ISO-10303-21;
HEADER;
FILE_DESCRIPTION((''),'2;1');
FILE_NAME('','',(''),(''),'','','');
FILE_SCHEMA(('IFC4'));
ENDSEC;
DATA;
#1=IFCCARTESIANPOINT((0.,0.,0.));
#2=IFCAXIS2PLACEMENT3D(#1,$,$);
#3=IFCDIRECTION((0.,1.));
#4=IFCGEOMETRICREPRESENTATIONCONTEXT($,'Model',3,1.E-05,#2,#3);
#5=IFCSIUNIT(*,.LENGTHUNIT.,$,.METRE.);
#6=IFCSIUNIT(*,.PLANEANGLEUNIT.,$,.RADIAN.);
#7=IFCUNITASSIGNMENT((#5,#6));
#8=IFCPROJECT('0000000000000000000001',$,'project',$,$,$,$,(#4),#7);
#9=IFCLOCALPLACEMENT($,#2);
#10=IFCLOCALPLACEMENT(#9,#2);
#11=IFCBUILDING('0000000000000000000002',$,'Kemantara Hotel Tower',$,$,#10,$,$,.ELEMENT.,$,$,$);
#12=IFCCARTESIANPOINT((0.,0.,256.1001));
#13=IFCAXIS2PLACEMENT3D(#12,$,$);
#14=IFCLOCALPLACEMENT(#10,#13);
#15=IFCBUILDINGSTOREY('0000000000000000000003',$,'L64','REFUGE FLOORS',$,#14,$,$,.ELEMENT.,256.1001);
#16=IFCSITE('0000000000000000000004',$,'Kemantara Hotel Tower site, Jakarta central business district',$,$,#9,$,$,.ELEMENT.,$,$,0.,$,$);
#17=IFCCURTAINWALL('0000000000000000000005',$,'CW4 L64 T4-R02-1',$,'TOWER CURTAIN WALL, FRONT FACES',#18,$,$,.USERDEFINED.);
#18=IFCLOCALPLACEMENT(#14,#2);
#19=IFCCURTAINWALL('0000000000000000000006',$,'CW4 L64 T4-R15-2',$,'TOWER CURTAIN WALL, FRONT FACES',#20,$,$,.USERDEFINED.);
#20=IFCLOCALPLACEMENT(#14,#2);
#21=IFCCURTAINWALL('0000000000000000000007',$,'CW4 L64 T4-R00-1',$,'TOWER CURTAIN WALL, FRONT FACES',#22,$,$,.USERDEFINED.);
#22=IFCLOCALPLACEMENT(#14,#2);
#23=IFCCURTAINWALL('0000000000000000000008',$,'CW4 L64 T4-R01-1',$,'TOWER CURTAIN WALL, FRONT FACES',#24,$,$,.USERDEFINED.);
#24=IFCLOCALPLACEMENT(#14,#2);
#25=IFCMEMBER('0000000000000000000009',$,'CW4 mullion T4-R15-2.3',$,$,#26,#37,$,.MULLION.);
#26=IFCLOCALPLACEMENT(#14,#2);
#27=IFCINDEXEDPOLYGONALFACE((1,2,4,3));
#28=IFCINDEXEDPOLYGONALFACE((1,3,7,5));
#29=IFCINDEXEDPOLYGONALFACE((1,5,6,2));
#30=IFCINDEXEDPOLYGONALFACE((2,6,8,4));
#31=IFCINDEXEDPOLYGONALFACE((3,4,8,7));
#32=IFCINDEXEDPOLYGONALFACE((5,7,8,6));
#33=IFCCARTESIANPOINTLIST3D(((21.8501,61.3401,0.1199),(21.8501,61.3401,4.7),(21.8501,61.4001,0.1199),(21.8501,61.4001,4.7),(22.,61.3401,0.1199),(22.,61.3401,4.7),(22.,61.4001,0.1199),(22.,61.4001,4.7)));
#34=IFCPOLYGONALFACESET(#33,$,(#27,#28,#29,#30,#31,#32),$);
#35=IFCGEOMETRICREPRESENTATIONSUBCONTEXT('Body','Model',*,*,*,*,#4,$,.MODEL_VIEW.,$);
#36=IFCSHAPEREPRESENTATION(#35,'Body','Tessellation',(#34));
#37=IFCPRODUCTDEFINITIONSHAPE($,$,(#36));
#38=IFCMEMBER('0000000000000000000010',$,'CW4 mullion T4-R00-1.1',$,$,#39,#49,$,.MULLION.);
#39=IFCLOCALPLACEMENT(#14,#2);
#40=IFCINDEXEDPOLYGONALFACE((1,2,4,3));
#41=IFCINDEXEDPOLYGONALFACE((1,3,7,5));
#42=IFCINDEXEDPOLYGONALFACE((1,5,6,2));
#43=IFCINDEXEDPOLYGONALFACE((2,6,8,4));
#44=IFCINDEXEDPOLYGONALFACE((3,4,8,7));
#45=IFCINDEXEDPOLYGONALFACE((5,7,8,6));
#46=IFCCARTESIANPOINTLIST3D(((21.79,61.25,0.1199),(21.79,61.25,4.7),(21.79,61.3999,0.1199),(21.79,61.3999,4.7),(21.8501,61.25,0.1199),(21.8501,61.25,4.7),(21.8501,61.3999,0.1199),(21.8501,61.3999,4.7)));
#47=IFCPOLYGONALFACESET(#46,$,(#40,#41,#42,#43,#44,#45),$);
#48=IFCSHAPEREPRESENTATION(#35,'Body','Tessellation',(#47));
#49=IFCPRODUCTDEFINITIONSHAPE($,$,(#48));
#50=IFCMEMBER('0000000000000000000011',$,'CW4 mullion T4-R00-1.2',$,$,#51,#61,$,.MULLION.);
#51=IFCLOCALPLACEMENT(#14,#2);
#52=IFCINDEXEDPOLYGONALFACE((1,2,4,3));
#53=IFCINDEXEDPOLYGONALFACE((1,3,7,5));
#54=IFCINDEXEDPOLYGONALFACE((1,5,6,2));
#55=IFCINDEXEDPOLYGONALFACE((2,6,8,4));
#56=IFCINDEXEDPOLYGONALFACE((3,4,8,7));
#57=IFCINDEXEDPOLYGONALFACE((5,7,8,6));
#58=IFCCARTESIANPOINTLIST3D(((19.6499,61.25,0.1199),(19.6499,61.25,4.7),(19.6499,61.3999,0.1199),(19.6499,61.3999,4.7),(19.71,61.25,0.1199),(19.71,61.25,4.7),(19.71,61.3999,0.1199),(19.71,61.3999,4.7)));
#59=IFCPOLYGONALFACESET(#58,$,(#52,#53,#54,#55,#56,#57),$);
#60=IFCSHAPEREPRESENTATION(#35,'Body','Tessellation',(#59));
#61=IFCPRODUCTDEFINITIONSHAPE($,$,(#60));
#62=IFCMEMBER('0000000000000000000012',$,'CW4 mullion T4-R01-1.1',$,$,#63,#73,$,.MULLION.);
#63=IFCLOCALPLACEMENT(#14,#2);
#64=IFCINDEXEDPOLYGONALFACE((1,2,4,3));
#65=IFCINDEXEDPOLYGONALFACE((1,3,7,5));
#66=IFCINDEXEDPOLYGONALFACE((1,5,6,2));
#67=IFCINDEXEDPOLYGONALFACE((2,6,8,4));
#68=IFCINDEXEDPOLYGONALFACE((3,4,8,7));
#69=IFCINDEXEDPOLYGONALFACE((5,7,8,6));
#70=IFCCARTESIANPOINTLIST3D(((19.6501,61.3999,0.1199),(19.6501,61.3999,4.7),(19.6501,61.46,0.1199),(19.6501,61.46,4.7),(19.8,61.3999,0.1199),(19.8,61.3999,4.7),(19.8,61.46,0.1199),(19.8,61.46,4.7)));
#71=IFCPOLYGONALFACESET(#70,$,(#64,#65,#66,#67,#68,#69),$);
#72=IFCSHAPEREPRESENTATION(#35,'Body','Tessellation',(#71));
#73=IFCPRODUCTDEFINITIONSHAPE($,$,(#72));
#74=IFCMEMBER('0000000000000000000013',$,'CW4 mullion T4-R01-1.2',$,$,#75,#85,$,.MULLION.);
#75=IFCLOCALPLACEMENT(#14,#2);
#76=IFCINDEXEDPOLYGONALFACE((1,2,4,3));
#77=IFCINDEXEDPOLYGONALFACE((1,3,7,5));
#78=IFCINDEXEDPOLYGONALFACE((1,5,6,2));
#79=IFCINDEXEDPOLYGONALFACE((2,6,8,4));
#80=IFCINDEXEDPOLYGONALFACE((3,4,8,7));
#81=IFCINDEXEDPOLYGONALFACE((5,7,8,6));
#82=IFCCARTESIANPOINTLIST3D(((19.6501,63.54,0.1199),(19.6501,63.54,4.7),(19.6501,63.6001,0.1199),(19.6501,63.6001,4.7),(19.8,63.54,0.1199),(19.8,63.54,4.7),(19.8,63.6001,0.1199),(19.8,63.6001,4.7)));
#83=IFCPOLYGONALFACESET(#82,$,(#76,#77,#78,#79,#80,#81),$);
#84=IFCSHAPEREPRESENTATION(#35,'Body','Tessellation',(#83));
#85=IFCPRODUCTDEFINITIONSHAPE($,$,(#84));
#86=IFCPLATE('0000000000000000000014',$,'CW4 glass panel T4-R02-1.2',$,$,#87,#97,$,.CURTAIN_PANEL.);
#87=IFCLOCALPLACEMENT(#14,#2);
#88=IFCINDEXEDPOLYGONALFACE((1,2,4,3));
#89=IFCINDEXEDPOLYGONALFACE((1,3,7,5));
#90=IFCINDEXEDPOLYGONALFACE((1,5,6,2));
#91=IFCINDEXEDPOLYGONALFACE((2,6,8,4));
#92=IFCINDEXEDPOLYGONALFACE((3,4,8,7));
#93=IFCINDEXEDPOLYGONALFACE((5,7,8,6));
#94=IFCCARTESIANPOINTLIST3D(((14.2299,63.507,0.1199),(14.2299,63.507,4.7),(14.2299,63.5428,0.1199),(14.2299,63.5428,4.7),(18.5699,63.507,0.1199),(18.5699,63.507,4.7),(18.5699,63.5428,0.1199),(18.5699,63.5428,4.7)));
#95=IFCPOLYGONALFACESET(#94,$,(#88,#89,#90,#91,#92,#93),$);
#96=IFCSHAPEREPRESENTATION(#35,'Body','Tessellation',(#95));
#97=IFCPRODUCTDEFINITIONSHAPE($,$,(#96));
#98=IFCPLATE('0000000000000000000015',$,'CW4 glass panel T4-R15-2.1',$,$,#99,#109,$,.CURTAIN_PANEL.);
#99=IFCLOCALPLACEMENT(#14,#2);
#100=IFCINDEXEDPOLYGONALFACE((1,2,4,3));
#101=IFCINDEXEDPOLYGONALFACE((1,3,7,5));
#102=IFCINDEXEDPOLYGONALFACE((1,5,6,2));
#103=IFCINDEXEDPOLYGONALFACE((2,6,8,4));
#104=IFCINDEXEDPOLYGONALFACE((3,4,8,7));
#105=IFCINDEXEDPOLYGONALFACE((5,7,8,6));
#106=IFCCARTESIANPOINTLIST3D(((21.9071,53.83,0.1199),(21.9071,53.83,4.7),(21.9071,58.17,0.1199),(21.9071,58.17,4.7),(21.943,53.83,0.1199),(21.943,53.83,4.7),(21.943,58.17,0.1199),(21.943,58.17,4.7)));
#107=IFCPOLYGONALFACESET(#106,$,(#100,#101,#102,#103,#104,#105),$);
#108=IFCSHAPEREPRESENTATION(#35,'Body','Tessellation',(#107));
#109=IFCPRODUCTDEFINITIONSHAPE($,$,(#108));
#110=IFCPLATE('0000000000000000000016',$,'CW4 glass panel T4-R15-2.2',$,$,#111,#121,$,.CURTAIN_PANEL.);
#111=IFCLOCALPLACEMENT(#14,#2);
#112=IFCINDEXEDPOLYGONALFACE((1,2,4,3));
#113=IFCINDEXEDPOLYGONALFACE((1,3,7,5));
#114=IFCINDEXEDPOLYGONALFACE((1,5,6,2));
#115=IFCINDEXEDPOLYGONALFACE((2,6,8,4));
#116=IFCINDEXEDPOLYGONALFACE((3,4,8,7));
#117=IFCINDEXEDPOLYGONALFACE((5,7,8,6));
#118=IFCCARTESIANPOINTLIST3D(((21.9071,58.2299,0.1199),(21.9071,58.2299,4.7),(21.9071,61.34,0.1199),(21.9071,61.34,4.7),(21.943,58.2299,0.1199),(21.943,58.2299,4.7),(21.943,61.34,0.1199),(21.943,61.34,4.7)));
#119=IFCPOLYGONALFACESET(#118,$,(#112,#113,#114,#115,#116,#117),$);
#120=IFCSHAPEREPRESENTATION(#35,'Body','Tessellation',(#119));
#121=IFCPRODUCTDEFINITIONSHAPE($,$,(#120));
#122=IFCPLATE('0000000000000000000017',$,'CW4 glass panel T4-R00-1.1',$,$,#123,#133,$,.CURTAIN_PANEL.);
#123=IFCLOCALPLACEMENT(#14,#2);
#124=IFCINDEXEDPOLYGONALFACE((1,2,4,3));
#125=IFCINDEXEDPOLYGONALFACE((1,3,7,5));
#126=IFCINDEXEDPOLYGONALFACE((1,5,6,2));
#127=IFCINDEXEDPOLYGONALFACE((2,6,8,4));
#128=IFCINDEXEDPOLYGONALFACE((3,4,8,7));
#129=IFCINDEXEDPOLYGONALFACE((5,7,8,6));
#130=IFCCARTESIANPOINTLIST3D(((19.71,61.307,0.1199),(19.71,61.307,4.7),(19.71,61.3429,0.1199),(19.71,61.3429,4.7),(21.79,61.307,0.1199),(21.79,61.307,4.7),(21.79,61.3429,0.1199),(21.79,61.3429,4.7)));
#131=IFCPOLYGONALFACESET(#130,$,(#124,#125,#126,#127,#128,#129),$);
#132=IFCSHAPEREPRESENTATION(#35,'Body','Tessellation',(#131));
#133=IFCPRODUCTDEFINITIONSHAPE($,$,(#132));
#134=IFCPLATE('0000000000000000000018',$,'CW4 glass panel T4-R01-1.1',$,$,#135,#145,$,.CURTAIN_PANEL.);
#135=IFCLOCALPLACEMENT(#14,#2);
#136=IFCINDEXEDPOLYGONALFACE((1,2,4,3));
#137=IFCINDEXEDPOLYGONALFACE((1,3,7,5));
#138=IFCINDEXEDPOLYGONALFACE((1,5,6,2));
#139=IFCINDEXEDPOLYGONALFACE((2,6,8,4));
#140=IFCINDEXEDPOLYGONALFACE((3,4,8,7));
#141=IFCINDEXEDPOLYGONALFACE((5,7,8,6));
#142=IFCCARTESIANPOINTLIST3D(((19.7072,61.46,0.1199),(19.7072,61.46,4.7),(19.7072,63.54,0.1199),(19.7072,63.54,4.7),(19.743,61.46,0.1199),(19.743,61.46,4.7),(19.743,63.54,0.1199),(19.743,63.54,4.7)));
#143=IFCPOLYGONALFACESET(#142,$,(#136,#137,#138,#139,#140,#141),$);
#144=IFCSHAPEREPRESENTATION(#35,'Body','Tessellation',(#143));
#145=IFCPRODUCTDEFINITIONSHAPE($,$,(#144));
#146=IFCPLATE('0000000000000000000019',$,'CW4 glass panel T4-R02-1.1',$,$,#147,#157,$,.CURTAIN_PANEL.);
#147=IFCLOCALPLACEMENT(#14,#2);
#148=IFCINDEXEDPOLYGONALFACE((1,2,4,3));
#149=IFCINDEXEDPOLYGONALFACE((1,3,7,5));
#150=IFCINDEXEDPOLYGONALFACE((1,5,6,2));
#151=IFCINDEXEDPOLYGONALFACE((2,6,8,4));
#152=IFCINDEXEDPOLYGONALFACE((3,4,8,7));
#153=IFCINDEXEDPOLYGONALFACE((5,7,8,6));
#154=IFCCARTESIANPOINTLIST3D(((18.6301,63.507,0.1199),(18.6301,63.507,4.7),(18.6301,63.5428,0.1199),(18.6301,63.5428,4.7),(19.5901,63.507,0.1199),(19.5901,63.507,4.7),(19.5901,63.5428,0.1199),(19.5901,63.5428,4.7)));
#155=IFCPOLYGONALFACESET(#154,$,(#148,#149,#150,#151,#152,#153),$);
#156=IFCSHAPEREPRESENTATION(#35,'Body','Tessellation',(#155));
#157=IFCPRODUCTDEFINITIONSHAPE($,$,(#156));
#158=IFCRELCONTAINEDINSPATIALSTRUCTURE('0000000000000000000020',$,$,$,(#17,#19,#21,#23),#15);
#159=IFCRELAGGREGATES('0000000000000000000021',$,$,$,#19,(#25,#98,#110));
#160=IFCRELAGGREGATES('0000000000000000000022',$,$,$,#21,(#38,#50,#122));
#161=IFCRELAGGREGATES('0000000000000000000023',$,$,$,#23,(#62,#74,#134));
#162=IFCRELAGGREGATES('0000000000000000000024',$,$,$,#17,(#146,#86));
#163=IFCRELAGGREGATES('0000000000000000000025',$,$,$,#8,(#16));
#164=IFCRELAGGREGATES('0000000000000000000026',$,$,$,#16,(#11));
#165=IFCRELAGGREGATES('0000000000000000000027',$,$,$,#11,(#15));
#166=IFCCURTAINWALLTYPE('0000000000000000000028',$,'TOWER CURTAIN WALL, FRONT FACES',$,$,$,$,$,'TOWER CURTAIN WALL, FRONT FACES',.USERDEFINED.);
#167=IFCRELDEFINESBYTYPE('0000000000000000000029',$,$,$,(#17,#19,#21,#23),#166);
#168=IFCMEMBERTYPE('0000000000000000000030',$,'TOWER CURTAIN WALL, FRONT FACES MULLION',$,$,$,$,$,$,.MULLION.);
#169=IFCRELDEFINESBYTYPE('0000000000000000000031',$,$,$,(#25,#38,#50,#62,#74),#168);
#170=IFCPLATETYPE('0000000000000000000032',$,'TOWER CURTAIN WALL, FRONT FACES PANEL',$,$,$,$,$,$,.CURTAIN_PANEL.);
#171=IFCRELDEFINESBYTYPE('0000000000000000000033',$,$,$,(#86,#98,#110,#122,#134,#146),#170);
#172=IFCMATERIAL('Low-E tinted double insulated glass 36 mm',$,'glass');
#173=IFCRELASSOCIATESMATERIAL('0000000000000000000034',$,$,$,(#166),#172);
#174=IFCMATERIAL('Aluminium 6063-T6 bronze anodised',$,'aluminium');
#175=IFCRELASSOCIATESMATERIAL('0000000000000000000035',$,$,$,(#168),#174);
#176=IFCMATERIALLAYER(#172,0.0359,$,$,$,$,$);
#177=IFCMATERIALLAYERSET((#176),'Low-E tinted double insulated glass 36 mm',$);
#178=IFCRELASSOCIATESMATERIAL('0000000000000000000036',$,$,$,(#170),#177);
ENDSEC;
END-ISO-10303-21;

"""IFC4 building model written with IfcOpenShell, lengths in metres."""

from ifc_helpers import new_model, si_unit, direction, frame, origin, origin_2d, place, context, subcontext, project, spatial, rectangle, extrude, source, transform, mapped, material, layer, layer_set, material_profile, profile_set, type_object, element, aggregate, save


model = new_model("IFC4")

# Units and contexts
model_context = context("Model", 3, precision=1e-05, world=origin(), true_north=direction((0.0, 1.0)))
body_context = subcontext(model_context, "Body", "Model", "MODEL_VIEW")
ifc_project = project(units=[si_unit("LENGTHUNIT", "METRE"), si_unit("PLANEANGLEUNIT", "RADIAN")], contexts=[model_context])

# Site, building, storey
site_placement = place(None, origin())
site = spatial("IfcSite", under=ifc_project, at=site_placement, Name="Kemantara Hotel Tower site, Jakarta central business district", CompositionType="ELEMENT", RefElevation=0.0)
building_placement = place(site_placement, origin())
building = spatial("IfcBuilding", under=site, at=building_placement, Name="Kemantara Hotel Tower", CompositionType="ELEMENT")
storey_placement = place(building_placement, frame((0.0, 0.0, 256.1001)))
storey = spatial("IfcBuildingStorey", under=building, at=storey_placement, Name="L64", Description="REFUGE FLOORS", CompositionType="ELEMENT", Elevation=256.1001)

# Curtain walls
ifc_material_1 = material(Name="Low-E tinted double insulated glass 36 mm", Category="glass")
curtain_wall_type = type_object("IfcCurtainWallType", Name="TOWER CURTAIN WALL, FRONT FACES", ElementType="TOWER CURTAIN WALL, FRONT FACES", PredefinedType="USERDEFINED", material=ifc_material_1)
curtain_wall_1_placement = place(storey_placement, origin())
curtain_wall_1 = element("IfcCurtainWall", 1, at=curtain_wall_1_placement, inside=storey, type_object=curtain_wall_type, Name="CW4 L64 T4-R02-1", ObjectType="TOWER CURTAIN WALL, FRONT FACES", PredefinedType="USERDEFINED")
ifc_material_2 = material(Name="Aluminium 6063-T6 bronze anodised", Category="aluminium")
curtain_wall_2_placement = place(storey_placement, origin())
curtain_wall_2 = element("IfcCurtainWall", 2, at=curtain_wall_2_placement, inside=storey, type_object=curtain_wall_type, Name="CW4 L64 T4-R15-2", ObjectType="TOWER CURTAIN WALL, FRONT FACES", PredefinedType="USERDEFINED")
curtain_wall_3_placement = place(storey_placement, origin())
curtain_wall_3 = element("IfcCurtainWall", 3, at=curtain_wall_3_placement, inside=storey, type_object=curtain_wall_type, Name="CW4 L64 T4-R00-1", ObjectType="TOWER CURTAIN WALL, FRONT FACES", PredefinedType="USERDEFINED")
curtain_wall_4_placement = place(storey_placement, origin())
curtain_wall_4 = element("IfcCurtainWall", 4, at=curtain_wall_4_placement, inside=storey, type_object=curtain_wall_type, Name="CW4 L64 T4-R01-1", ObjectType="TOWER CURTAIN WALL, FRONT FACES", PredefinedType="USERDEFINED")

# Members
ifc_material_profile_1 = material_profile(ifc_material_2, rectangle(XDim=0.1499, YDim=0.0601, at=origin_2d()), Name="TOWER CURTAIN WALL, FRONT FACES MULLION")
ifc_profile_set_1 = profile_set([ifc_material_profile_1], Name="Aluminium 6063-T6 bronze anodised")
member_type_1 = type_object("IfcMemberType", Name="TOWER CURTAIN WALL, FRONT FACES MULLION", PredefinedType="MULLION", material=ifc_profile_set_1)
shared_shape_1 = source(origin(), body_context, "Body", "SweptSolid", [
    extrude(rectangle(XDim=0.1499, YDim=0.0601, at=origin_2d()), origin(), (0.0, 0.0, 1.0), 4.5801),
])
member_1_placement = place(storey_placement, frame((21.925, 61.3701, 0.1199), z_axis=(0.0, 0.0, 1.0), x_axis=(-1.0, 0.0, 0.0)))
member_1 = element("IfcMember", 5, at=member_1_placement, type_object=member_type_1, Name="CW4 mullion T4-R15-2.3", PredefinedType="MULLION", context=body_context, shape_type="MappedRepresentation", body=[
    mapped(shared_shape_1, transform((0.0, 0.0, 0.0))),
])
member_2_placement = place(storey_placement, frame((21.8201, 61.325, 0.1199), z_axis=(0.0, 0.0, 1.0), x_axis=(0.0, -1.0, 0.0)))
member_2 = element("IfcMember", 6, at=member_2_placement, type_object=member_type_1, Name="CW4 mullion T4-R00-1.1", PredefinedType="MULLION", context=body_context, shape_type="MappedRepresentation", body=[
    mapped(shared_shape_1, transform((0.0, 0.0, 0.0))),
])
member_3_placement = place(storey_placement, frame((19.6799, 61.325, 0.1199), z_axis=(0.0, 0.0, 1.0), x_axis=(0.0, -1.0, 0.0)))
member_3 = element("IfcMember", 7, at=member_3_placement, type_object=member_type_1, Name="CW4 mullion T4-R00-1.2", PredefinedType="MULLION", context=body_context, shape_type="MappedRepresentation", body=[
    mapped(shared_shape_1, transform((0.0, 0.0, 0.0))),
])
member_4_placement = place(storey_placement, frame((19.7251, 61.4299, 0.1199), z_axis=(0.0, 0.0, 1.0), x_axis=(-1.0, 0.0, 0.0)))
member_4 = element("IfcMember", 8, at=member_4_placement, type_object=member_type_1, Name="CW4 mullion T4-R01-1.1", PredefinedType="MULLION", context=body_context, shape_type="MappedRepresentation", body=[
    mapped(shared_shape_1, transform((0.0, 0.0, 0.0))),
])
member_5_placement = place(storey_placement, frame((19.7251, 63.5701, 0.1199), z_axis=(0.0, 0.0, 1.0), x_axis=(-1.0, 0.0, 0.0)))
member_5 = element("IfcMember", 9, at=member_5_placement, type_object=member_type_1, Name="CW4 mullion T4-R01-1.2", PredefinedType="MULLION", context=body_context, shape_type="MappedRepresentation", body=[
    mapped(shared_shape_1, transform((0.0, 0.0, 0.0))),
])

# Plates
ifc_layer_1 = layer(ifc_material_1, 0.0359)
ifc_layer_set_1 = layer_set([ifc_layer_1], Name="Low-E tinted double insulated glass 36 mm")
plate_type = type_object("IfcPlateType", Name="TOWER CURTAIN WALL, FRONT FACES PANEL", PredefinedType="CURTAIN_PANEL", material=ifc_layer_set_1)
shared_shape_2 = source(origin(), body_context, "Body", "SweptSolid", [
    extrude(rectangle(XDim=4.3401, YDim=0.0359, at=origin_2d()), origin(), (0.0, 0.0, 1.0), 4.5801),
])
plate_1_placement = place(storey_placement, frame((16.3999, 63.5249, 0.1199), z_axis=(0.0, 0.0, 1.0), x_axis=(-1.0, 0.0, 0.0)))
plate_1 = element("IfcPlate", 10, at=plate_1_placement, type_object=plate_type, Name="CW4 glass panel T4-R02-1.2", PredefinedType="CURTAIN_PANEL", context=body_context, shape_type="MappedRepresentation", body=[
    mapped(shared_shape_2, transform((0.0, 0.0, 0.0))),
])
plate_2_placement = place(storey_placement, frame((21.925, 56.0, 0.1199), z_axis=(0.0, 0.0, 1.0), x_axis=(0.0, 1.0, 0.0)))
plate_2 = element("IfcPlate", 11, at=plate_2_placement, type_object=plate_type, Name="CW4 glass panel T4-R15-2.1", PredefinedType="CURTAIN_PANEL", context=body_context, shape_type="MappedRepresentation", body=[
    mapped(shared_shape_2, transform((0.0, 0.0, 0.0))),
])
shared_shape_3 = source(origin(), body_context, "Body", "SweptSolid", [
    extrude(rectangle(XDim=3.1101, YDim=0.0359, at=origin_2d()), origin(), (0.0, 0.0, 1.0), 4.5801),
])
plate_3_placement = place(storey_placement, frame((21.925, 59.7849, 0.1199), z_axis=(0.0, 0.0, 1.0), x_axis=(0.0, 1.0, 0.0)))
plate_3 = element("IfcPlate", 12, at=plate_3_placement, type_object=plate_type, Name="CW4 glass panel T4-R15-2.2", PredefinedType="CURTAIN_PANEL", context=body_context, shape_type="MappedRepresentation", body=[
    mapped(shared_shape_3, transform((0.0, 0.0, 0.0))),
])
aggregate(curtain_wall_2, [member_1, plate_2, plate_3])
shared_shape_4 = source(origin(), body_context, "Body", "SweptSolid", [
    extrude(rectangle(XDim=2.0801, YDim=0.0359, at=origin_2d()), origin(), (0.0, 0.0, 1.0), 4.5801),
])
plate_4_placement = place(storey_placement, frame((20.75, 61.325, 0.1199), z_axis=(0.0, 0.0, 1.0), x_axis=(-1.0, 0.0, 0.0)))
plate_4 = element("IfcPlate", 13, at=plate_4_placement, type_object=plate_type, Name="CW4 glass panel T4-R00-1.1", PredefinedType="CURTAIN_PANEL", context=body_context, shape_type="MappedRepresentation", body=[
    mapped(shared_shape_4, transform((0.0, 0.0, 0.0))),
])
aggregate(curtain_wall_3, [member_2, member_3, plate_4])
plate_5_placement = place(storey_placement, frame((19.7251, 62.5, 0.1199), z_axis=(0.0, 0.0, 1.0), x_axis=(0.0, 1.0, 0.0)))
plate_5 = element("IfcPlate", 14, at=plate_5_placement, type_object=plate_type, Name="CW4 glass panel T4-R01-1.1", PredefinedType="CURTAIN_PANEL", context=body_context, shape_type="MappedRepresentation", body=[
    mapped(shared_shape_4, transform((0.0, 0.0, 0.0))),
])
aggregate(curtain_wall_4, [member_4, member_5, plate_5])
shared_shape_5 = source(origin(), body_context, "Body", "SweptSolid", [
    extrude(rectangle(XDim=0.96, YDim=0.0359, at=origin_2d()), origin(), (0.0, 0.0, 1.0), 4.5801),
])
plate_6_placement = place(storey_placement, frame((19.1101, 63.5249, 0.1199), z_axis=(0.0, 0.0, 1.0), x_axis=(-1.0, 0.0, 0.0)))
plate_6 = element("IfcPlate", 15, at=plate_6_placement, type_object=plate_type, Name="CW4 glass panel T4-R02-1.1", PredefinedType="CURTAIN_PANEL", context=body_context, shape_type="MappedRepresentation", body=[
    mapped(shared_shape_5, transform((0.0, 0.0, 0.0))),
])
aggregate(curtain_wall_1, [plate_6, plate_1])

save(model, "model.ifc")
